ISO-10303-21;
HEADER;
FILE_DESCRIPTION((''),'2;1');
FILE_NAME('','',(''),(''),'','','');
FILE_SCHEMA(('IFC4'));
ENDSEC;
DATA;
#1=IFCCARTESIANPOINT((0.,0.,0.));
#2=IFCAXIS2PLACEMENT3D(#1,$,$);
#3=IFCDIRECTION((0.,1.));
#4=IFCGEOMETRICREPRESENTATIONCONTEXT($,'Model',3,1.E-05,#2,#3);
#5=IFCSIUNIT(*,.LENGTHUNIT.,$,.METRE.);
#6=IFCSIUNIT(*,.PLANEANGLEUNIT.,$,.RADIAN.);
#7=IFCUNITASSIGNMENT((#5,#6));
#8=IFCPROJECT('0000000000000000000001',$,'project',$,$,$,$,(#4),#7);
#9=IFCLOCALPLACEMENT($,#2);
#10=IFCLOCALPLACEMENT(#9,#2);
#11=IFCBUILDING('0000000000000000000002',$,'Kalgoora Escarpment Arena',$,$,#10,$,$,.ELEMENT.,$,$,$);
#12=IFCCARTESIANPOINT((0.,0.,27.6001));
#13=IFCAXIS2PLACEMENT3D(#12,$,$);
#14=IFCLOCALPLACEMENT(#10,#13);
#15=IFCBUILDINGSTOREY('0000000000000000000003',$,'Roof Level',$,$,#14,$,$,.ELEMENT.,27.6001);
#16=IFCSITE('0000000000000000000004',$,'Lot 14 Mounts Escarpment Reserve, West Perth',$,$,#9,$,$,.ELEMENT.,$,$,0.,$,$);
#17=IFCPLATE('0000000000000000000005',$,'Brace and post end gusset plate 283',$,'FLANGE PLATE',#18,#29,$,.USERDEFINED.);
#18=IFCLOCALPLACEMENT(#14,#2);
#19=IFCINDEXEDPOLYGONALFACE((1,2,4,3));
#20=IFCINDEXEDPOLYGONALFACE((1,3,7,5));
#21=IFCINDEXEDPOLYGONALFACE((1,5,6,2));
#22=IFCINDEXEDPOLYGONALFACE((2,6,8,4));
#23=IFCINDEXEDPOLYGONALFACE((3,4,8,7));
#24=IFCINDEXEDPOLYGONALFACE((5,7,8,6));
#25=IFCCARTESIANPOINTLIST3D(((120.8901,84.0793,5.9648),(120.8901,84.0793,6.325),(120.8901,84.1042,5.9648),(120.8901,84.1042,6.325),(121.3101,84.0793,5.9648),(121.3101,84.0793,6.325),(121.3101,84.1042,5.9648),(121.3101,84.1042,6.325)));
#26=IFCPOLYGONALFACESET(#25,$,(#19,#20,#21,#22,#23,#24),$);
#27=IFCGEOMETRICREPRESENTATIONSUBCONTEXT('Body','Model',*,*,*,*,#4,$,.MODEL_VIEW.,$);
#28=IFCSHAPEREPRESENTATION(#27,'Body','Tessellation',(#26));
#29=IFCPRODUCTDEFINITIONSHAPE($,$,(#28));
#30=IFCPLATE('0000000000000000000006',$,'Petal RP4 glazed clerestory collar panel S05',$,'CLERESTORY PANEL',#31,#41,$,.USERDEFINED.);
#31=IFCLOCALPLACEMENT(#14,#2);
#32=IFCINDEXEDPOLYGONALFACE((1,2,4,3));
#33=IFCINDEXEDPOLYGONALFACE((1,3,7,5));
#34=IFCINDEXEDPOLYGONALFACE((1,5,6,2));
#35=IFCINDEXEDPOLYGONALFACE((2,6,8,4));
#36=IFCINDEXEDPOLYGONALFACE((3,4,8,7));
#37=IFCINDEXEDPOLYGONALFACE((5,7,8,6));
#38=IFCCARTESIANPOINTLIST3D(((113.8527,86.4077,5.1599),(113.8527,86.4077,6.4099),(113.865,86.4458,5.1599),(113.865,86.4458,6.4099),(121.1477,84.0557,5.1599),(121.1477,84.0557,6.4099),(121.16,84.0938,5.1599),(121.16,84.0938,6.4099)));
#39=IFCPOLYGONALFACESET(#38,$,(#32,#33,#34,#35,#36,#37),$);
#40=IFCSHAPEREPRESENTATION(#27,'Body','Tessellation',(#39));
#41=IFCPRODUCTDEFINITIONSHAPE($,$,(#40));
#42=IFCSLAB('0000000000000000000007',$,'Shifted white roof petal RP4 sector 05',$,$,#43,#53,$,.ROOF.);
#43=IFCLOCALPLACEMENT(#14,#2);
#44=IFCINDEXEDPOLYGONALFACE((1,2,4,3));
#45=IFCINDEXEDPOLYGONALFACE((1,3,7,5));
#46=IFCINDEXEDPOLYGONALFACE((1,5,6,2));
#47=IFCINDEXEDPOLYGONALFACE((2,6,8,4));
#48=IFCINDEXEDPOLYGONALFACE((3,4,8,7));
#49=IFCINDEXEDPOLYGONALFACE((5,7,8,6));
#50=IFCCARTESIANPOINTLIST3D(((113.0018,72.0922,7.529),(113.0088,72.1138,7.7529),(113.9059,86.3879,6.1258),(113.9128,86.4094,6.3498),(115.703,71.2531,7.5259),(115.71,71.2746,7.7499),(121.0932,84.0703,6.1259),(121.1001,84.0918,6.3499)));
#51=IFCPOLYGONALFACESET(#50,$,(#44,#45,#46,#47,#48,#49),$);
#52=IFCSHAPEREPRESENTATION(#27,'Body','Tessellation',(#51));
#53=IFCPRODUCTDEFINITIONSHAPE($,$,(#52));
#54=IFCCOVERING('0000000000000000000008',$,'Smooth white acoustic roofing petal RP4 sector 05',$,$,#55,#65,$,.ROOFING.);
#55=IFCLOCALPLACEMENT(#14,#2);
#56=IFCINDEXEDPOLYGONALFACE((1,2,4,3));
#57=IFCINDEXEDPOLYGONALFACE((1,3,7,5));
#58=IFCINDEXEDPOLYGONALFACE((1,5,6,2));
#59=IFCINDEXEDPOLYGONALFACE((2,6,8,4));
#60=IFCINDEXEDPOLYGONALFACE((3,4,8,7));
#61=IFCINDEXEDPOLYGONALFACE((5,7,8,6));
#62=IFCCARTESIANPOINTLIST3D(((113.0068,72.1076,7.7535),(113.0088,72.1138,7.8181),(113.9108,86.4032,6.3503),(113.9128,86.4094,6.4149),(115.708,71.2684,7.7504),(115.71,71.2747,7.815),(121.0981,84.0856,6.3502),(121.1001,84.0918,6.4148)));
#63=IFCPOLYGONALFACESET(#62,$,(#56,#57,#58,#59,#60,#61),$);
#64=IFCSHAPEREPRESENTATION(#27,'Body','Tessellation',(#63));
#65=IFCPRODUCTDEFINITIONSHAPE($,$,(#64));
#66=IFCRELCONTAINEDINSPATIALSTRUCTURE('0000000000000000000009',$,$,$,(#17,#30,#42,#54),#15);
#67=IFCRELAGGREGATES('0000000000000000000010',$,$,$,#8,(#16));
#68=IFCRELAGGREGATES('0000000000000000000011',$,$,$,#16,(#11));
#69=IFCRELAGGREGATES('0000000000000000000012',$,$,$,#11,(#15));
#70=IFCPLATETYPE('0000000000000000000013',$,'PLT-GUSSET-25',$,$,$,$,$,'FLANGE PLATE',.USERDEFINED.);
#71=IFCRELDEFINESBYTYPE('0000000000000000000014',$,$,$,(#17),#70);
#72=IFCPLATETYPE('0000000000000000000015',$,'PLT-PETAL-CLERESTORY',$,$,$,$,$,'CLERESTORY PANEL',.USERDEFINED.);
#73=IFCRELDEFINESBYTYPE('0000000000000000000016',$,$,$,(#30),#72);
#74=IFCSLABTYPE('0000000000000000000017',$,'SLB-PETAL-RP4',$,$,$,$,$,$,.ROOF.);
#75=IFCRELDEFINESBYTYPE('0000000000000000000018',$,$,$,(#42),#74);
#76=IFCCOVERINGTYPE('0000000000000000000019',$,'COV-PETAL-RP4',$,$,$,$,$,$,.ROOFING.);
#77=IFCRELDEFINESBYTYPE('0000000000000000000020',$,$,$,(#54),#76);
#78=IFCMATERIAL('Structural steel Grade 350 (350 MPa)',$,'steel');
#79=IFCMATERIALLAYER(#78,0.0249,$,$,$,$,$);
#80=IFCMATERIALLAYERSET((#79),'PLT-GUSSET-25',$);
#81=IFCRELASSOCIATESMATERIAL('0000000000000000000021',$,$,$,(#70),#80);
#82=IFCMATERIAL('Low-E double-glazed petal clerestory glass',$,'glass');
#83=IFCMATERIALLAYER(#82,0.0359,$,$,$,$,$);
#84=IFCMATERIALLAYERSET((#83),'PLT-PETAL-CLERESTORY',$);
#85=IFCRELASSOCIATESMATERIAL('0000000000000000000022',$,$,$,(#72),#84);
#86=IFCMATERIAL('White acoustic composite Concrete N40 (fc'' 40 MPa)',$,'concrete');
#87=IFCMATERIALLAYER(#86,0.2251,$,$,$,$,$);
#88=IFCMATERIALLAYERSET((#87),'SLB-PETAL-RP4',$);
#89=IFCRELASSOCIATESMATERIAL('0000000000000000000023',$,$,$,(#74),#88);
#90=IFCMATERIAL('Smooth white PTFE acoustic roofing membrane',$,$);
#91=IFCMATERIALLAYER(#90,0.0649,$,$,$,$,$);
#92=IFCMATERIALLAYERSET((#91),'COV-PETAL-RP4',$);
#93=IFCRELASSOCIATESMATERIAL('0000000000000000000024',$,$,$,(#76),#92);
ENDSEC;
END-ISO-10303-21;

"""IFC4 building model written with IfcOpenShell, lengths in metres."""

from ifc_helpers import new_model, si_unit, direction, frame, origin, origin_2d, place, context, subcontext, project, spatial, polyline, rectangle, outline, extrude, material, layer, layer_set, type_object, element, save


model = new_model("IFC4")

# Units and contexts
model_context = context("Model", 3, precision=1e-05, world=origin(), true_north=direction((0.0, 1.0)))
body_context = subcontext(model_context, "Body", "Model", "MODEL_VIEW")
ifc_project = project(units=[si_unit("LENGTHUNIT", "METRE"), si_unit("PLANEANGLEUNIT", "RADIAN")], contexts=[model_context])

# Site, building, storey
site_placement = place(None, origin())
site = spatial("IfcSite", under=ifc_project, at=site_placement, Name="Lot 14 Mounts Escarpment Reserve, West Perth", CompositionType="ELEMENT", RefElevation=0.0)
building_placement = place(site_placement, origin())
building = spatial("IfcBuilding", under=site, at=building_placement, Name="Kalgoora Escarpment Arena", CompositionType="ELEMENT")
storey_placement = place(building_placement, frame((0.0, 0.0, 27.6001)))
storey = spatial("IfcBuildingStorey", under=building, at=storey_placement, Name="Roof Level", CompositionType="ELEMENT", Elevation=27.6001)

# Plates
ifc_material_1 = material(Name="Structural steel Grade 350 (350 MPa)", Category="steel")
ifc_layer_1 = layer(ifc_material_1, 0.0249)
ifc_layer_set_1 = layer_set([ifc_layer_1], Name="PLT-GUSSET-25")
plate_type_1 = type_object("IfcPlateType", Name="PLT-GUSSET-25", ElementType="FLANGE PLATE", PredefinedType="USERDEFINED", material=ifc_layer_set_1)
for number, where, z_axis, x_axis, name in (
    (1, (121.1001, 84.0918, 5.9648), (0.0, 0.0, 1.0), (1.0, 0.0, 0.0), "Brace and post end gusset plate 283"),
):
    element("IfcPlate", number, at=place(storey_placement, frame(where, z_axis=z_axis, x_axis=x_axis)), inside=storey, type_object=plate_type_1, Name=name, ObjectType="FLANGE PLATE", PredefinedType="USERDEFINED", context=body_context, shape_type="SweptSolid", body=[
        extrude(rectangle(XDim=0.4199, YDim=0.0249, at=origin_2d()), origin(), (0.0, 0.0, 1.0), 0.3601),
    ])
ifc_material_2 = material(Name="Low-E double-glazed petal clerestory glass", Category="glass")
ifc_layer_2 = layer(ifc_material_2, 0.0359)
ifc_layer_set_2 = layer_set([ifc_layer_2], Name="PLT-PETAL-CLERESTORY")
plate_type_2 = type_object("IfcPlateType", Name="PLT-PETAL-CLERESTORY", ElementType="CLERESTORY PANEL", PredefinedType="USERDEFINED", material=ifc_layer_set_2)
plate_placement = place(storey_placement, frame((117.5063, 85.2507, 5.1599), z_axis=(0.0, 0.0, 1.0), x_axis=(-0.951755, 0.306858, 0.0)))
element("IfcPlate", 2, at=plate_placement, inside=storey, type_object=plate_type_2, Name="Petal RP4 glazed clerestory collar panel S05", ObjectType="CLERESTORY PANEL", PredefinedType="USERDEFINED", context=body_context, shape_type="SweptSolid", body=[
    extrude(rectangle(XDim=7.6648, YDim=0.04, at=origin_2d()), origin(), (0.0, 0.0, 1.0), 1.25),
])

# Slab
ifc_material_3 = material(Name="White acoustic composite Concrete N40 (fc' 40 MPa)", Category="concrete")
ifc_layer_3 = layer(ifc_material_3, 0.2251)
ifc_layer_set_3 = layer_set([ifc_layer_3], Name="SLB-PETAL-RP4")
slab_type = type_object("IfcSlabType", Name="SLB-PETAL-RP4", PredefinedType="ROOF", material=ifc_layer_set_3)
slab_placement = place(storey_placement, frame((121.1001, 84.0918, 6.3499), z_axis=(0.030848, 0.095706, 0.994932), x_axis=(-0.951742, 0.3069, -0.000013)))
element("IfcSlab", 3, at=slab_placement, inside=storey, type_object=slab_type, Name="Shifted white roof petal RP4 sector 05", PredefinedType="ROOF", context=body_context, shape_type="SweptSolid", body=[
    extrude(outline(polyline([(0.0, 0.0), (7.5517, 0.0), (4.0248, 13.9539), (1.1964, 13.9234), (0.0, 0.0)])), origin(), (0.0, 0.0, -1.0), 0.2251),
])

# Covering
ifc_material_4 = material(Name="Smooth white PTFE acoustic roofing membrane")
ifc_layer_4 = layer(ifc_material_4, 0.0649)
ifc_layer_set_4 = layer_set([ifc_layer_4], Name="COV-PETAL-RP4")
covering_type = type_object("IfcCoveringType", Name="COV-PETAL-RP4", PredefinedType="ROOFING", material=ifc_layer_set_4)
covering_placement = place(storey_placement, frame((121.1001, 84.0918, 6.4148), z_axis=(0.030873, 0.095709, 0.99493), x_axis=(-0.951741, 0.306903, 0.00001)))
element("IfcCovering", 4, at=covering_placement, inside=storey, type_object=covering_type, Name="Smooth white acoustic roofing petal RP4 sector 05", PredefinedType="ROOFING", context=body_context, shape_type="SweptSolid", body=[
    extrude(outline(polyline([(0.0, 0.0), (7.5517, 0.0), (4.0248, 13.954), (1.1964, 13.9234), (0.0, 0.0)])), origin(), (0.0, 0.0, -1.0), 0.0649),
])

save(model, "model.ifc")
